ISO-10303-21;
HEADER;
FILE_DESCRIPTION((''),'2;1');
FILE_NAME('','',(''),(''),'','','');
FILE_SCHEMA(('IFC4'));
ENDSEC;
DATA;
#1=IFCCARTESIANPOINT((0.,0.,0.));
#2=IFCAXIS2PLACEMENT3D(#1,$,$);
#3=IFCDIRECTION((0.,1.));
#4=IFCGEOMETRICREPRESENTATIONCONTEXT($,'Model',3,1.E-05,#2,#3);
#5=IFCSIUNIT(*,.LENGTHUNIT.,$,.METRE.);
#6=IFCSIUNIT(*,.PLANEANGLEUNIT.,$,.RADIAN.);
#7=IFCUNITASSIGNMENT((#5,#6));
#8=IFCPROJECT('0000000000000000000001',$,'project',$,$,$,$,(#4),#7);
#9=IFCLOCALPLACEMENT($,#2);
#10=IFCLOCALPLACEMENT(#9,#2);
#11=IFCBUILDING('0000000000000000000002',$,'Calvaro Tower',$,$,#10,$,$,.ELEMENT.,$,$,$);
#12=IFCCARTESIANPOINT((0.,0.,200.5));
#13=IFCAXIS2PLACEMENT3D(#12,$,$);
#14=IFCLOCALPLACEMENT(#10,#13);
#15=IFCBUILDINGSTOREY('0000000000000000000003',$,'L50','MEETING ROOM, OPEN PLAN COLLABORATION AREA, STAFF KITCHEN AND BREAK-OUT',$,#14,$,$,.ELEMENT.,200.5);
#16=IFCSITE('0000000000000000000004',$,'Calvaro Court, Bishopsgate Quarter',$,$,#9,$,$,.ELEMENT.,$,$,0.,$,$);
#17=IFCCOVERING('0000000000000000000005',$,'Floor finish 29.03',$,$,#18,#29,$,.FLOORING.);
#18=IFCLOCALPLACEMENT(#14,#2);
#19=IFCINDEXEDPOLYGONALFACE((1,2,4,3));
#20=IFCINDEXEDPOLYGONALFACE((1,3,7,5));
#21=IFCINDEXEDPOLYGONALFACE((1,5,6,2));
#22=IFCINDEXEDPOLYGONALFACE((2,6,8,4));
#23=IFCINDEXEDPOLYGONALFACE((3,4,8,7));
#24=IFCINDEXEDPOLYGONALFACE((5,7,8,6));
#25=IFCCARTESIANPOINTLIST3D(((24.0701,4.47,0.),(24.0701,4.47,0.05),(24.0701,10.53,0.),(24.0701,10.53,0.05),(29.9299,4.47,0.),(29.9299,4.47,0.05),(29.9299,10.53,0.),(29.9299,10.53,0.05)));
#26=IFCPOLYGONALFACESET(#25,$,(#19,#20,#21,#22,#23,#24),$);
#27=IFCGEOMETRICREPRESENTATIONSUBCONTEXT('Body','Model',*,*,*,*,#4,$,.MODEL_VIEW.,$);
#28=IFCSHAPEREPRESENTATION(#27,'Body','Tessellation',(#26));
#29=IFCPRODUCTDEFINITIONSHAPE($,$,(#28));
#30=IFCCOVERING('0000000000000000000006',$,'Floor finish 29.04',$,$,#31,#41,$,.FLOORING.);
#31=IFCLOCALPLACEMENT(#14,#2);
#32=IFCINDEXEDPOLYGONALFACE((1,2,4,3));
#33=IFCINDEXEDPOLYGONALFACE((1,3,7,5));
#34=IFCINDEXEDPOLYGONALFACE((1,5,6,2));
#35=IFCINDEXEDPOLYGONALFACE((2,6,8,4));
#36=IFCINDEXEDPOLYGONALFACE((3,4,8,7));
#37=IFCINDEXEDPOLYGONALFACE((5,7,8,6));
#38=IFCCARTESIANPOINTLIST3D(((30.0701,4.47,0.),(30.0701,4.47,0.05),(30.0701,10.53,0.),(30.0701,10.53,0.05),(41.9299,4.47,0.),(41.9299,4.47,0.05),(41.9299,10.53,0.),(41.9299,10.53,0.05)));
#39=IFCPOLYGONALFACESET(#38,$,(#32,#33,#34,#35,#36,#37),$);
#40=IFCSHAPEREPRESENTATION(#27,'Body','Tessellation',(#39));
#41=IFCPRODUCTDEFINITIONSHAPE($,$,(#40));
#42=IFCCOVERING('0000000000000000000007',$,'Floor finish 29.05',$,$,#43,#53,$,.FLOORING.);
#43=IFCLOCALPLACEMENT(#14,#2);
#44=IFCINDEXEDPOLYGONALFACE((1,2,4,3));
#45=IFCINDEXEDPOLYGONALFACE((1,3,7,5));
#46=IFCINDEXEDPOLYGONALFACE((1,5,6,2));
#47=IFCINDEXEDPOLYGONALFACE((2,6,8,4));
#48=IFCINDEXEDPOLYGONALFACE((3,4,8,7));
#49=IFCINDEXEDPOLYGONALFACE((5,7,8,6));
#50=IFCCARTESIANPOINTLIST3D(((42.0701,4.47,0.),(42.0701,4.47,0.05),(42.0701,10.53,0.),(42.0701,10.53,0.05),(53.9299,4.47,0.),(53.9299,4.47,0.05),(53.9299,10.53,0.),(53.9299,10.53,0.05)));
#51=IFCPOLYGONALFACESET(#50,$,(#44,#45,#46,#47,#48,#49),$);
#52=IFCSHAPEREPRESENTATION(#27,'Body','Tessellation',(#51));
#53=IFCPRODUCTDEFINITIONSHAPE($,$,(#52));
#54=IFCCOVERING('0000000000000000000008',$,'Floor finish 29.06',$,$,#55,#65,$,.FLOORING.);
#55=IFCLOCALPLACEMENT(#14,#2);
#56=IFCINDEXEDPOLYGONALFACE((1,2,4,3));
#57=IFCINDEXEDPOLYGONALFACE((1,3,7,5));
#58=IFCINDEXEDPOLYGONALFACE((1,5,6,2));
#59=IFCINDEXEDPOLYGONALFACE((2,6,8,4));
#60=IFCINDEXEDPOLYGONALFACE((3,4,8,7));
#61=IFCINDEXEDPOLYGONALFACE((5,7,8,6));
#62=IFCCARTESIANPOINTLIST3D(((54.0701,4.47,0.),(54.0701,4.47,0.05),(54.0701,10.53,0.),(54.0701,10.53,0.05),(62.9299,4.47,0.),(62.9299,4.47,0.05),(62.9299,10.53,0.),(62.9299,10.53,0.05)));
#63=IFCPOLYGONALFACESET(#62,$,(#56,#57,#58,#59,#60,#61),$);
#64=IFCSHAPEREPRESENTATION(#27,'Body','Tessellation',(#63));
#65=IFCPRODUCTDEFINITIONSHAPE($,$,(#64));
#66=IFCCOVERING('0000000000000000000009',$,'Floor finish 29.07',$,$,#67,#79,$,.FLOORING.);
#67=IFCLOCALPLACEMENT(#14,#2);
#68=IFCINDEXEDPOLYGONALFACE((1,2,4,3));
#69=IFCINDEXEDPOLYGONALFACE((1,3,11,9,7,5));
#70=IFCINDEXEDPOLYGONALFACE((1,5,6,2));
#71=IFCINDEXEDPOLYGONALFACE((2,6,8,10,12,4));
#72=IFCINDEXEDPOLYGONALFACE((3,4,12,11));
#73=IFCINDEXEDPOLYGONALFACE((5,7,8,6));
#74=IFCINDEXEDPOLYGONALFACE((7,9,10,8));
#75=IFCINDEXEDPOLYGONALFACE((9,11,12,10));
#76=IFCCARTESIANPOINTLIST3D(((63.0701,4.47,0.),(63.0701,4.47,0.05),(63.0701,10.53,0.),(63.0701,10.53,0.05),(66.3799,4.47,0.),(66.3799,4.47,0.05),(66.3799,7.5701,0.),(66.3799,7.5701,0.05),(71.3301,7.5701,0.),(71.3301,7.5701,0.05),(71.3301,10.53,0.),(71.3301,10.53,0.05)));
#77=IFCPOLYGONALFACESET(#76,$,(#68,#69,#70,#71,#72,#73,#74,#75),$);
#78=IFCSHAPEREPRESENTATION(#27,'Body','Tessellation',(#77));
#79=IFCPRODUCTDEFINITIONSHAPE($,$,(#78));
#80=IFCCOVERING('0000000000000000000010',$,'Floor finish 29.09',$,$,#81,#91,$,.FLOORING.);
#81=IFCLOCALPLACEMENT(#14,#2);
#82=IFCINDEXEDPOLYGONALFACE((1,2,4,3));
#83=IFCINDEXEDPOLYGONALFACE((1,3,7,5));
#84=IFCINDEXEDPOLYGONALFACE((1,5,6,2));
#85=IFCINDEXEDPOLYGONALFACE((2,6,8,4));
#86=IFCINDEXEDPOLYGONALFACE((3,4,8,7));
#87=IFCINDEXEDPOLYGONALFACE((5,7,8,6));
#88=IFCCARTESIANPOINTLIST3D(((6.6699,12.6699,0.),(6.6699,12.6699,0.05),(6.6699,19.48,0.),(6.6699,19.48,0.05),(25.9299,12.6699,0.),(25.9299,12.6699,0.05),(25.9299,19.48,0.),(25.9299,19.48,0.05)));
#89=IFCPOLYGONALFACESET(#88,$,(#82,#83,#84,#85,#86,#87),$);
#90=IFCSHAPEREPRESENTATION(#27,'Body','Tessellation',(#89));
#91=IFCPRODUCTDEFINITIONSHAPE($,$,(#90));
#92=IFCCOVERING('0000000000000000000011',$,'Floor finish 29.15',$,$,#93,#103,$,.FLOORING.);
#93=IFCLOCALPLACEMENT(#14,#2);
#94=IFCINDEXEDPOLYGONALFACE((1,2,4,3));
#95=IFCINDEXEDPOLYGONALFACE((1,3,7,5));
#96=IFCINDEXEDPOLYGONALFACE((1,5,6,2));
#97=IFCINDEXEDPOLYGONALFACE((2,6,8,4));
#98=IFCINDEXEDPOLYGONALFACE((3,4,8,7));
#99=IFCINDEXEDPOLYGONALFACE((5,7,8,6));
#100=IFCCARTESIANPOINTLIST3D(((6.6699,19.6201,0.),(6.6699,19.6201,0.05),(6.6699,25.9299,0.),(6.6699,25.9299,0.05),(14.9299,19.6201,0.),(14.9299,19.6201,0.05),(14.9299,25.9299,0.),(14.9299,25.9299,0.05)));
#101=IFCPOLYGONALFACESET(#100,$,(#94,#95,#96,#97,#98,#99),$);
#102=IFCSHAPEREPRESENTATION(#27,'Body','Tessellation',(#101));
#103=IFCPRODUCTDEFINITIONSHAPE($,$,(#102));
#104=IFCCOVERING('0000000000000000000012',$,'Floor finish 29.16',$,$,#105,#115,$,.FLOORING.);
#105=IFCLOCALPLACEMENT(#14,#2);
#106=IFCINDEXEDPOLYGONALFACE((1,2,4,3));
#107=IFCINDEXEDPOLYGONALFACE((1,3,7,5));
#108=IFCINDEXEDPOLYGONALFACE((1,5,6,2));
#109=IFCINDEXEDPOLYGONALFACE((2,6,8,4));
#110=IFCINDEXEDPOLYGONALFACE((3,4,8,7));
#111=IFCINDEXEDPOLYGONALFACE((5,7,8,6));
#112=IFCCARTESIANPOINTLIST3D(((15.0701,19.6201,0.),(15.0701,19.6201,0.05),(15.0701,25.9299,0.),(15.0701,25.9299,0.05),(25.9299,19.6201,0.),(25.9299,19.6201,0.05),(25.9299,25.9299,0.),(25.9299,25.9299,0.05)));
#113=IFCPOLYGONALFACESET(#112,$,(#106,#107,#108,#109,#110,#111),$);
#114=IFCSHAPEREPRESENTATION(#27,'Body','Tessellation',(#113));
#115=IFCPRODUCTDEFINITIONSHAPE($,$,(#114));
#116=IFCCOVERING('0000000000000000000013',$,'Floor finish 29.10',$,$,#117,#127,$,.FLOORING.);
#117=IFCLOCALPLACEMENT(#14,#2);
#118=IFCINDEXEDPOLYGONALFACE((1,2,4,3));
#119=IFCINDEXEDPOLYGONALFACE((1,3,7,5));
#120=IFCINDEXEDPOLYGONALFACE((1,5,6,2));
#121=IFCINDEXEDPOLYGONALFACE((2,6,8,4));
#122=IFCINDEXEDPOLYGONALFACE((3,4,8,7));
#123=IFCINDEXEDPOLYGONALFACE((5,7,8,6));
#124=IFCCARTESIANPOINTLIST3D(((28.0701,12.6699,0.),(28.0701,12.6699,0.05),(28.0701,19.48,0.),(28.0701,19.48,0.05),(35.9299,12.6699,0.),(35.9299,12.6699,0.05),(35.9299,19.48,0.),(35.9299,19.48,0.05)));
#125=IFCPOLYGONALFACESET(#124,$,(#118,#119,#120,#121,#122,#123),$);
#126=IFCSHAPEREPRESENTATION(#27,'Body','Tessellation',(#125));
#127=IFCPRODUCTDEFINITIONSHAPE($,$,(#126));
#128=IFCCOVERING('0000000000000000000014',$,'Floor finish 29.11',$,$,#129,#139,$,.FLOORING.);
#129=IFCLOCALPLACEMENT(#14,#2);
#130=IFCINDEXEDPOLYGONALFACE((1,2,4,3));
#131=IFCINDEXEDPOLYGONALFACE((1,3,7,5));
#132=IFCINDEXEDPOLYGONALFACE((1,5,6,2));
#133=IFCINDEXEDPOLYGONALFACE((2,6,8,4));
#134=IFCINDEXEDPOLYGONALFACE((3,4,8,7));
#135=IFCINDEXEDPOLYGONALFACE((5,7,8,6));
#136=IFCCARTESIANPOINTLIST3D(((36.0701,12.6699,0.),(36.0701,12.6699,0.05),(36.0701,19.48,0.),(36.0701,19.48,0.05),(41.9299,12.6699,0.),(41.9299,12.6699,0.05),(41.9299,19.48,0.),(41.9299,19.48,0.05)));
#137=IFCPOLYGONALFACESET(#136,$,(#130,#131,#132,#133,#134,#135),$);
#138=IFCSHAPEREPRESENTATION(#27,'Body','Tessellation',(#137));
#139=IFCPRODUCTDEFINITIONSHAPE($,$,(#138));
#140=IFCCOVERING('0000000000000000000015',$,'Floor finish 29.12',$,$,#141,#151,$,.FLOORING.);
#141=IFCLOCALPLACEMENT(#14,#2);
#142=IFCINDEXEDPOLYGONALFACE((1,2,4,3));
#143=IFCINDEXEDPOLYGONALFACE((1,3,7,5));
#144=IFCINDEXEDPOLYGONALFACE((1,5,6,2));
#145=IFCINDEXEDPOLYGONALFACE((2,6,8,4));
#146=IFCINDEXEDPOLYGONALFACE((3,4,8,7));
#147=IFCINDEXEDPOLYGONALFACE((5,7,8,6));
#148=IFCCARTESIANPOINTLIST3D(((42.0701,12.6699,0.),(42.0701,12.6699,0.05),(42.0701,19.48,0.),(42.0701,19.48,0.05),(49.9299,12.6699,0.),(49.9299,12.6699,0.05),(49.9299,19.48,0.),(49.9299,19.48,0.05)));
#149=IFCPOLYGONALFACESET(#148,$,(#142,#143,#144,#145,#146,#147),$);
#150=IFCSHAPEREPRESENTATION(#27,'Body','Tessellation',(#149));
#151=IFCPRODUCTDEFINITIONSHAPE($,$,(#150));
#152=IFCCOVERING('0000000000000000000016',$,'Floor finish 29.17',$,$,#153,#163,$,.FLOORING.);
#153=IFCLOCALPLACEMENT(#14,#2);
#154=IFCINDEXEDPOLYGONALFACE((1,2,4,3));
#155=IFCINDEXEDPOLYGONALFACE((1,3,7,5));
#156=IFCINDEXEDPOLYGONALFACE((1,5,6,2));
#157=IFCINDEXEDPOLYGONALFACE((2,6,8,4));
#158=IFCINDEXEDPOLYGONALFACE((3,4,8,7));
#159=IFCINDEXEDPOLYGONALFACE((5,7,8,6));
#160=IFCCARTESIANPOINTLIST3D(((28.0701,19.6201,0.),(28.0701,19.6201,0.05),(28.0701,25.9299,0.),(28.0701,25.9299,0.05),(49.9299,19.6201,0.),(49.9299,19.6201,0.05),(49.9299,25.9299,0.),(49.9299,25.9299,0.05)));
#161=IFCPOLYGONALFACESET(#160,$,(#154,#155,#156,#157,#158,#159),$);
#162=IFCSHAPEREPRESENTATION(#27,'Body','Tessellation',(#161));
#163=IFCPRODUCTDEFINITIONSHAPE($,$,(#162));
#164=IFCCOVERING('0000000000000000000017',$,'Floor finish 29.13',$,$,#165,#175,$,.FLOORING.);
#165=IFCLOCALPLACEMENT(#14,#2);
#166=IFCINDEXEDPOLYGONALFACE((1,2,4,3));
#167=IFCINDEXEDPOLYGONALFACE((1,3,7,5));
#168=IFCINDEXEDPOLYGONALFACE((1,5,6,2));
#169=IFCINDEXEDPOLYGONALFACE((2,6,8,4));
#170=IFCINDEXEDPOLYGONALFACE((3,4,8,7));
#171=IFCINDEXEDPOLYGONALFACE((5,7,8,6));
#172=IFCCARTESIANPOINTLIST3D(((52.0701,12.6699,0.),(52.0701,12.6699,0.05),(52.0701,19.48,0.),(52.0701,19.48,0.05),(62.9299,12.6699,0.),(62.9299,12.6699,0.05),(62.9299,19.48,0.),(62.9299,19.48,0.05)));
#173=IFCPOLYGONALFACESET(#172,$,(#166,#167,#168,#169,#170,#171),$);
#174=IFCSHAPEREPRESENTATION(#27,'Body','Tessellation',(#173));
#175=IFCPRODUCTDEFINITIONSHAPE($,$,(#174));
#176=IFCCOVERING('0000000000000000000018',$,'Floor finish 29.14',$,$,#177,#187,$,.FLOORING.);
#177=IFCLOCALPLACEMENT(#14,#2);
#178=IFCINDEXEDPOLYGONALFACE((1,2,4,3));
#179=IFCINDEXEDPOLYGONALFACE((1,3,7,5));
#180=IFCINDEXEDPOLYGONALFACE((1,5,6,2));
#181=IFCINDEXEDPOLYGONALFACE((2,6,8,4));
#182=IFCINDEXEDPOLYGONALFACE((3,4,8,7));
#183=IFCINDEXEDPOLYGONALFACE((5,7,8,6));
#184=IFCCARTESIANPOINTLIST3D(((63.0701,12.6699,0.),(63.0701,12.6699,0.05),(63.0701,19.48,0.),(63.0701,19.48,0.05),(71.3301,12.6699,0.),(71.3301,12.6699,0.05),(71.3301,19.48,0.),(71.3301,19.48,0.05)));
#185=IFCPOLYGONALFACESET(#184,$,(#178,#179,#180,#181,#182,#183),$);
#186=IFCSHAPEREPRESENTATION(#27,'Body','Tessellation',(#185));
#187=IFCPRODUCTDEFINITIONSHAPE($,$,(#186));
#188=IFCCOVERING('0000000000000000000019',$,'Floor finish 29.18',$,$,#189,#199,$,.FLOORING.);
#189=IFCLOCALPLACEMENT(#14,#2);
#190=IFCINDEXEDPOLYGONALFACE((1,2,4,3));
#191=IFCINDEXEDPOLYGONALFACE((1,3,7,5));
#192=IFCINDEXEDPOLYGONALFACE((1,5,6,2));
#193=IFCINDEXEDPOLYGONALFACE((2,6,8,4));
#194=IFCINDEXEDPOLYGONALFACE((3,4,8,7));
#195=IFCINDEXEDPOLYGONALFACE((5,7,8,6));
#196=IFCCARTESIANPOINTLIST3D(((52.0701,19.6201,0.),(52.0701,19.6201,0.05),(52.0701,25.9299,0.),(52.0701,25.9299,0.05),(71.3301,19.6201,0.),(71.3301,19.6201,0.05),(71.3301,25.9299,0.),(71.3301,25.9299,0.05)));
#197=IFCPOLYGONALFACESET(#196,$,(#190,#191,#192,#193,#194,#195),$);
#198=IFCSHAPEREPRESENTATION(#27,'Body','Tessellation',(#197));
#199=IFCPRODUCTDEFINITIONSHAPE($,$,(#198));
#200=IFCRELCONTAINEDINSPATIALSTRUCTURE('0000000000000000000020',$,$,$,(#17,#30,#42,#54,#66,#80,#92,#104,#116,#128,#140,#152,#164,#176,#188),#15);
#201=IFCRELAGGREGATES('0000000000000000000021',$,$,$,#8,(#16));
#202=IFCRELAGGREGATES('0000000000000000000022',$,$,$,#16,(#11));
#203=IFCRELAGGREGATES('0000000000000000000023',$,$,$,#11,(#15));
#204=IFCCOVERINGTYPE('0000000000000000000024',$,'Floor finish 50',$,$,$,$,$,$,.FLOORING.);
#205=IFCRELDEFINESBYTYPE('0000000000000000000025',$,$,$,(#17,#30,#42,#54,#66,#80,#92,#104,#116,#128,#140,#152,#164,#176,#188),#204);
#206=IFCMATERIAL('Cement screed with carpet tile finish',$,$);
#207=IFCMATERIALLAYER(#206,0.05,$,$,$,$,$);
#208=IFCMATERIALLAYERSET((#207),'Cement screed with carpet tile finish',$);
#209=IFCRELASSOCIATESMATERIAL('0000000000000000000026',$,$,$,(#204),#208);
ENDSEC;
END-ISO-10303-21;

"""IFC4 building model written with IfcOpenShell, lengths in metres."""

from ifc_helpers import new_model, si_unit, direction, frame, origin, place, context, subcontext, project, spatial, polyline, outline, extrude, material, layer, layer_set, type_object, element, save


model = new_model("IFC4")

# Units and contexts
model_context = context("Model", 3, precision=1e-05, world=origin(), true_north=direction((0.0, 1.0)))
body_context = subcontext(model_context, "Body", "Model", "MODEL_VIEW")
ifc_project = project(units=[si_unit("LENGTHUNIT", "METRE"), si_unit("PLANEANGLEUNIT", "RADIAN")], contexts=[model_context])

# Site, building, storey
site_placement = place(None, origin())
site = spatial("IfcSite", under=ifc_project, at=site_placement, Name="Calvaro Court, Bishopsgate Quarter", CompositionType="ELEMENT", RefElevation=0.0)
building_placement = place(site_placement, origin())
building = spatial("IfcBuilding", under=site, at=building_placement, Name="Calvaro Tower", CompositionType="ELEMENT")
storey_placement = place(building_placement, frame((0.0, 0.0, 200.5)))
storey = spatial("IfcBuildingStorey", under=building, at=storey_placement, Name="L50", Description="MEETING ROOM, OPEN PLAN COLLABORATION AREA, STAFF KITCHEN AND BREAK-OUT", CompositionType="ELEMENT", Elevation=200.5)

# Coverings
ifc_material_1 = material(Name="Cement screed with carpet tile finish")
ifc_layer_1 = layer(ifc_material_1, 0.05)
ifc_layer_set_1 = layer_set([ifc_layer_1], Name="Cement screed with carpet tile finish")
covering_type = type_object("IfcCoveringType", Name="Floor finish 50", PredefinedType="FLOORING", material=ifc_layer_set_1)
covering_1_placement = place(storey_placement, origin())
element("IfcCovering", 1, at=covering_1_placement, inside=storey, type_object=covering_type, Name="Floor finish 29.03", PredefinedType="FLOORING", context=body_context, shape_type="SweptSolid", body=[
    extrude(outline(polyline([(24.0701, 10.53), (29.9299, 10.53), (29.9299, 4.47), (24.0701, 4.47), (24.0701, 10.53)])), origin(), (0.0, 0.0, 1.0), 0.05),
])
covering_2_placement = place(storey_placement, origin())
element("IfcCovering", 2, at=covering_2_placement, inside=storey, type_object=covering_type, Name="Floor finish 29.04", PredefinedType="FLOORING", context=body_context, shape_type="SweptSolid", body=[
    extrude(outline(polyline([(30.0701, 10.53), (41.9299, 10.53), (41.9299, 4.47), (30.0701, 4.47), (30.0701, 10.53)])), origin(), (0.0, 0.0, 1.0), 0.05),
])
covering_3_placement = place(storey_placement, origin())
element("IfcCovering", 3, at=covering_3_placement, inside=storey, type_object=covering_type, Name="Floor finish 29.05", PredefinedType="FLOORING", context=body_context, shape_type="SweptSolid", body=[
    extrude(outline(polyline([(42.0701, 10.53), (53.9299, 10.53), (53.9299, 4.47), (42.0701, 4.47), (42.0701, 10.53)])), origin(), (0.0, 0.0, 1.0), 0.05),
])
covering_4_placement = place(storey_placement, origin())
element("IfcCovering", 4, at=covering_4_placement, inside=storey, type_object=covering_type, Name="Floor finish 29.06", PredefinedType="FLOORING", context=body_context, shape_type="SweptSolid", body=[
    extrude(outline(polyline([(54.0701, 10.53), (62.9299, 10.53), (62.9299, 4.47), (54.0701, 4.47), (54.0701, 10.53)])), origin(), (0.0, 0.0, 1.0), 0.05),
])
covering_5_placement = place(storey_placement, origin())
element("IfcCovering", 5, at=covering_5_placement, inside=storey, type_object=covering_type, Name="Floor finish 29.07", PredefinedType="FLOORING", context=body_context, shape_type="SweptSolid", body=[
    extrude(outline(polyline([(71.3301, 7.5701), (66.3799, 7.5701), (66.3799, 4.47), (63.0701, 4.47), (63.0701, 10.53), (71.3301, 10.53), (71.3301, 7.5701)])), origin(), (0.0, 0.0, 1.0), 0.05),
])
covering_6_placement = place(storey_placement, origin())
element("IfcCovering", 6, at=covering_6_placement, inside=storey, type_object=covering_type, Name="Floor finish 29.09", PredefinedType="FLOORING", context=body_context, shape_type="SweptSolid", body=[
    extrude(outline(polyline([(25.9299, 19.48), (25.9299, 12.6699), (6.6699, 12.6699), (6.6699, 19.48), (25.9299, 19.48)])), origin(), (0.0, 0.0, 1.0), 0.05),
])
covering_7_placement = place(storey_placement, origin())
element("IfcCovering", 7, at=covering_7_placement, inside=storey, type_object=covering_type, Name="Floor finish 29.15", PredefinedType="FLOORING", context=body_context, shape_type="SweptSolid", body=[
    extrude(outline(polyline([(14.9299, 25.9299), (14.9299, 19.6201), (6.6699, 19.6201), (6.6699, 25.9299), (14.9299, 25.9299)])), origin(), (0.0, 0.0, 1.0), 0.05),
])
covering_8_placement = place(storey_placement, origin())
element("IfcCovering", 8, at=covering_8_placement, inside=storey, type_object=covering_type, Name="Floor finish 29.16", PredefinedType="FLOORING", context=body_context, shape_type="SweptSolid", body=[
    extrude(outline(polyline([(15.0701, 19.6201), (15.0701, 25.9299), (25.9299, 25.9299), (25.9299, 19.6201), (15.0701, 19.6201)])), origin(), (0.0, 0.0, 1.0), 0.05),
])
covering_9_placement = place(storey_placement, origin())
element("IfcCovering", 9, at=covering_9_placement, inside=storey, type_object=covering_type, Name="Floor finish 29.10", PredefinedType="FLOORING", context=body_context, shape_type="SweptSolid", body=[
    extrude(outline(polyline([(28.0701, 12.6699), (28.0701, 19.48), (35.9299, 19.48), (35.9299, 12.6699), (28.0701, 12.6699)])), origin(), (0.0, 0.0, 1.0), 0.05),
])
covering_10_placement = place(storey_placement, origin())
element("IfcCovering", 10, at=covering_10_placement, inside=storey, type_object=covering_type, Name="Floor finish 29.11", PredefinedType="FLOORING", context=body_context, shape_type="SweptSolid", body=[
    extrude(outline(polyline([(36.0701, 12.6699), (36.0701, 19.48), (41.9299, 19.48), (41.9299, 12.6699), (36.0701, 12.6699)])), origin(), (0.0, 0.0, 1.0), 0.05),
])
covering_11_placement = place(storey_placement, origin())
element("IfcCovering", 11, at=covering_11_placement, inside=storey, type_object=covering_type, Name="Floor finish 29.12", PredefinedType="FLOORING", context=body_context, shape_type="SweptSolid", body=[
    extrude(outline(polyline([(42.0701, 12.6699), (42.0701, 19.48), (49.9299, 19.48), (49.9299, 12.6699), (42.0701, 12.6699)])), origin(), (0.0, 0.0, 1.0), 0.05),
])
covering_12_placement = place(storey_placement, origin())
element("IfcCovering", 12, at=covering_12_placement, inside=storey, type_object=covering_type, Name="Floor finish 29.17", PredefinedType="FLOORING", context=body_context, shape_type="SweptSolid", body=[
    extrude(outline(polyline([(28.0701, 19.6201), (28.0701, 25.9299), (49.9299, 25.9299), (49.9299, 19.6201), (28.0701, 19.6201)])), origin(), (0.0, 0.0, 1.0), 0.05),
])
covering_13_placement = place(storey_placement, origin())
element("IfcCovering", 13, at=covering_13_placement, inside=storey, type_object=covering_type, Name="Floor finish 29.13", PredefinedType="FLOORING", context=body_context, shape_type="SweptSolid", body=[
    extrude(outline(polyline([(52.0701, 12.6699), (52.0701, 19.48), (62.9299, 19.48), (62.9299, 12.6699), (52.0701, 12.6699)])), origin(), (0.0, 0.0, 1.0), 0.05),
])
covering_14_placement = place(storey_placement, origin())
element("IfcCovering", 14, at=covering_14_placement, inside=storey, type_object=covering_type, Name="Floor finish 29.14", PredefinedType="FLOORING", context=body_context, shape_type="SweptSolid", body=[
    extrude(outline(polyline([(71.3301, 12.6699), (63.0701, 12.6699), (63.0701, 19.48), (71.3301, 19.48), (71.3301, 12.6699)])), origin(), (0.0, 0.0, 1.0), 0.05),
])
covering_15_placement = place(storey_placement, origin())
element("IfcCovering", 15, at=covering_15_placement, inside=storey, type_object=covering_type, Name="Floor finish 29.18", PredefinedType="FLOORING", context=body_context, shape_type="SweptSolid", body=[
    extrude(outline(polyline([(71.3301, 19.6201), (52.0701, 19.6201), (52.0701, 25.9299), (71.3301, 25.9299), (71.3301, 19.6201)])), origin(), (0.0, 0.0, 1.0), 0.05),
])

save(model, "model.ifc")
